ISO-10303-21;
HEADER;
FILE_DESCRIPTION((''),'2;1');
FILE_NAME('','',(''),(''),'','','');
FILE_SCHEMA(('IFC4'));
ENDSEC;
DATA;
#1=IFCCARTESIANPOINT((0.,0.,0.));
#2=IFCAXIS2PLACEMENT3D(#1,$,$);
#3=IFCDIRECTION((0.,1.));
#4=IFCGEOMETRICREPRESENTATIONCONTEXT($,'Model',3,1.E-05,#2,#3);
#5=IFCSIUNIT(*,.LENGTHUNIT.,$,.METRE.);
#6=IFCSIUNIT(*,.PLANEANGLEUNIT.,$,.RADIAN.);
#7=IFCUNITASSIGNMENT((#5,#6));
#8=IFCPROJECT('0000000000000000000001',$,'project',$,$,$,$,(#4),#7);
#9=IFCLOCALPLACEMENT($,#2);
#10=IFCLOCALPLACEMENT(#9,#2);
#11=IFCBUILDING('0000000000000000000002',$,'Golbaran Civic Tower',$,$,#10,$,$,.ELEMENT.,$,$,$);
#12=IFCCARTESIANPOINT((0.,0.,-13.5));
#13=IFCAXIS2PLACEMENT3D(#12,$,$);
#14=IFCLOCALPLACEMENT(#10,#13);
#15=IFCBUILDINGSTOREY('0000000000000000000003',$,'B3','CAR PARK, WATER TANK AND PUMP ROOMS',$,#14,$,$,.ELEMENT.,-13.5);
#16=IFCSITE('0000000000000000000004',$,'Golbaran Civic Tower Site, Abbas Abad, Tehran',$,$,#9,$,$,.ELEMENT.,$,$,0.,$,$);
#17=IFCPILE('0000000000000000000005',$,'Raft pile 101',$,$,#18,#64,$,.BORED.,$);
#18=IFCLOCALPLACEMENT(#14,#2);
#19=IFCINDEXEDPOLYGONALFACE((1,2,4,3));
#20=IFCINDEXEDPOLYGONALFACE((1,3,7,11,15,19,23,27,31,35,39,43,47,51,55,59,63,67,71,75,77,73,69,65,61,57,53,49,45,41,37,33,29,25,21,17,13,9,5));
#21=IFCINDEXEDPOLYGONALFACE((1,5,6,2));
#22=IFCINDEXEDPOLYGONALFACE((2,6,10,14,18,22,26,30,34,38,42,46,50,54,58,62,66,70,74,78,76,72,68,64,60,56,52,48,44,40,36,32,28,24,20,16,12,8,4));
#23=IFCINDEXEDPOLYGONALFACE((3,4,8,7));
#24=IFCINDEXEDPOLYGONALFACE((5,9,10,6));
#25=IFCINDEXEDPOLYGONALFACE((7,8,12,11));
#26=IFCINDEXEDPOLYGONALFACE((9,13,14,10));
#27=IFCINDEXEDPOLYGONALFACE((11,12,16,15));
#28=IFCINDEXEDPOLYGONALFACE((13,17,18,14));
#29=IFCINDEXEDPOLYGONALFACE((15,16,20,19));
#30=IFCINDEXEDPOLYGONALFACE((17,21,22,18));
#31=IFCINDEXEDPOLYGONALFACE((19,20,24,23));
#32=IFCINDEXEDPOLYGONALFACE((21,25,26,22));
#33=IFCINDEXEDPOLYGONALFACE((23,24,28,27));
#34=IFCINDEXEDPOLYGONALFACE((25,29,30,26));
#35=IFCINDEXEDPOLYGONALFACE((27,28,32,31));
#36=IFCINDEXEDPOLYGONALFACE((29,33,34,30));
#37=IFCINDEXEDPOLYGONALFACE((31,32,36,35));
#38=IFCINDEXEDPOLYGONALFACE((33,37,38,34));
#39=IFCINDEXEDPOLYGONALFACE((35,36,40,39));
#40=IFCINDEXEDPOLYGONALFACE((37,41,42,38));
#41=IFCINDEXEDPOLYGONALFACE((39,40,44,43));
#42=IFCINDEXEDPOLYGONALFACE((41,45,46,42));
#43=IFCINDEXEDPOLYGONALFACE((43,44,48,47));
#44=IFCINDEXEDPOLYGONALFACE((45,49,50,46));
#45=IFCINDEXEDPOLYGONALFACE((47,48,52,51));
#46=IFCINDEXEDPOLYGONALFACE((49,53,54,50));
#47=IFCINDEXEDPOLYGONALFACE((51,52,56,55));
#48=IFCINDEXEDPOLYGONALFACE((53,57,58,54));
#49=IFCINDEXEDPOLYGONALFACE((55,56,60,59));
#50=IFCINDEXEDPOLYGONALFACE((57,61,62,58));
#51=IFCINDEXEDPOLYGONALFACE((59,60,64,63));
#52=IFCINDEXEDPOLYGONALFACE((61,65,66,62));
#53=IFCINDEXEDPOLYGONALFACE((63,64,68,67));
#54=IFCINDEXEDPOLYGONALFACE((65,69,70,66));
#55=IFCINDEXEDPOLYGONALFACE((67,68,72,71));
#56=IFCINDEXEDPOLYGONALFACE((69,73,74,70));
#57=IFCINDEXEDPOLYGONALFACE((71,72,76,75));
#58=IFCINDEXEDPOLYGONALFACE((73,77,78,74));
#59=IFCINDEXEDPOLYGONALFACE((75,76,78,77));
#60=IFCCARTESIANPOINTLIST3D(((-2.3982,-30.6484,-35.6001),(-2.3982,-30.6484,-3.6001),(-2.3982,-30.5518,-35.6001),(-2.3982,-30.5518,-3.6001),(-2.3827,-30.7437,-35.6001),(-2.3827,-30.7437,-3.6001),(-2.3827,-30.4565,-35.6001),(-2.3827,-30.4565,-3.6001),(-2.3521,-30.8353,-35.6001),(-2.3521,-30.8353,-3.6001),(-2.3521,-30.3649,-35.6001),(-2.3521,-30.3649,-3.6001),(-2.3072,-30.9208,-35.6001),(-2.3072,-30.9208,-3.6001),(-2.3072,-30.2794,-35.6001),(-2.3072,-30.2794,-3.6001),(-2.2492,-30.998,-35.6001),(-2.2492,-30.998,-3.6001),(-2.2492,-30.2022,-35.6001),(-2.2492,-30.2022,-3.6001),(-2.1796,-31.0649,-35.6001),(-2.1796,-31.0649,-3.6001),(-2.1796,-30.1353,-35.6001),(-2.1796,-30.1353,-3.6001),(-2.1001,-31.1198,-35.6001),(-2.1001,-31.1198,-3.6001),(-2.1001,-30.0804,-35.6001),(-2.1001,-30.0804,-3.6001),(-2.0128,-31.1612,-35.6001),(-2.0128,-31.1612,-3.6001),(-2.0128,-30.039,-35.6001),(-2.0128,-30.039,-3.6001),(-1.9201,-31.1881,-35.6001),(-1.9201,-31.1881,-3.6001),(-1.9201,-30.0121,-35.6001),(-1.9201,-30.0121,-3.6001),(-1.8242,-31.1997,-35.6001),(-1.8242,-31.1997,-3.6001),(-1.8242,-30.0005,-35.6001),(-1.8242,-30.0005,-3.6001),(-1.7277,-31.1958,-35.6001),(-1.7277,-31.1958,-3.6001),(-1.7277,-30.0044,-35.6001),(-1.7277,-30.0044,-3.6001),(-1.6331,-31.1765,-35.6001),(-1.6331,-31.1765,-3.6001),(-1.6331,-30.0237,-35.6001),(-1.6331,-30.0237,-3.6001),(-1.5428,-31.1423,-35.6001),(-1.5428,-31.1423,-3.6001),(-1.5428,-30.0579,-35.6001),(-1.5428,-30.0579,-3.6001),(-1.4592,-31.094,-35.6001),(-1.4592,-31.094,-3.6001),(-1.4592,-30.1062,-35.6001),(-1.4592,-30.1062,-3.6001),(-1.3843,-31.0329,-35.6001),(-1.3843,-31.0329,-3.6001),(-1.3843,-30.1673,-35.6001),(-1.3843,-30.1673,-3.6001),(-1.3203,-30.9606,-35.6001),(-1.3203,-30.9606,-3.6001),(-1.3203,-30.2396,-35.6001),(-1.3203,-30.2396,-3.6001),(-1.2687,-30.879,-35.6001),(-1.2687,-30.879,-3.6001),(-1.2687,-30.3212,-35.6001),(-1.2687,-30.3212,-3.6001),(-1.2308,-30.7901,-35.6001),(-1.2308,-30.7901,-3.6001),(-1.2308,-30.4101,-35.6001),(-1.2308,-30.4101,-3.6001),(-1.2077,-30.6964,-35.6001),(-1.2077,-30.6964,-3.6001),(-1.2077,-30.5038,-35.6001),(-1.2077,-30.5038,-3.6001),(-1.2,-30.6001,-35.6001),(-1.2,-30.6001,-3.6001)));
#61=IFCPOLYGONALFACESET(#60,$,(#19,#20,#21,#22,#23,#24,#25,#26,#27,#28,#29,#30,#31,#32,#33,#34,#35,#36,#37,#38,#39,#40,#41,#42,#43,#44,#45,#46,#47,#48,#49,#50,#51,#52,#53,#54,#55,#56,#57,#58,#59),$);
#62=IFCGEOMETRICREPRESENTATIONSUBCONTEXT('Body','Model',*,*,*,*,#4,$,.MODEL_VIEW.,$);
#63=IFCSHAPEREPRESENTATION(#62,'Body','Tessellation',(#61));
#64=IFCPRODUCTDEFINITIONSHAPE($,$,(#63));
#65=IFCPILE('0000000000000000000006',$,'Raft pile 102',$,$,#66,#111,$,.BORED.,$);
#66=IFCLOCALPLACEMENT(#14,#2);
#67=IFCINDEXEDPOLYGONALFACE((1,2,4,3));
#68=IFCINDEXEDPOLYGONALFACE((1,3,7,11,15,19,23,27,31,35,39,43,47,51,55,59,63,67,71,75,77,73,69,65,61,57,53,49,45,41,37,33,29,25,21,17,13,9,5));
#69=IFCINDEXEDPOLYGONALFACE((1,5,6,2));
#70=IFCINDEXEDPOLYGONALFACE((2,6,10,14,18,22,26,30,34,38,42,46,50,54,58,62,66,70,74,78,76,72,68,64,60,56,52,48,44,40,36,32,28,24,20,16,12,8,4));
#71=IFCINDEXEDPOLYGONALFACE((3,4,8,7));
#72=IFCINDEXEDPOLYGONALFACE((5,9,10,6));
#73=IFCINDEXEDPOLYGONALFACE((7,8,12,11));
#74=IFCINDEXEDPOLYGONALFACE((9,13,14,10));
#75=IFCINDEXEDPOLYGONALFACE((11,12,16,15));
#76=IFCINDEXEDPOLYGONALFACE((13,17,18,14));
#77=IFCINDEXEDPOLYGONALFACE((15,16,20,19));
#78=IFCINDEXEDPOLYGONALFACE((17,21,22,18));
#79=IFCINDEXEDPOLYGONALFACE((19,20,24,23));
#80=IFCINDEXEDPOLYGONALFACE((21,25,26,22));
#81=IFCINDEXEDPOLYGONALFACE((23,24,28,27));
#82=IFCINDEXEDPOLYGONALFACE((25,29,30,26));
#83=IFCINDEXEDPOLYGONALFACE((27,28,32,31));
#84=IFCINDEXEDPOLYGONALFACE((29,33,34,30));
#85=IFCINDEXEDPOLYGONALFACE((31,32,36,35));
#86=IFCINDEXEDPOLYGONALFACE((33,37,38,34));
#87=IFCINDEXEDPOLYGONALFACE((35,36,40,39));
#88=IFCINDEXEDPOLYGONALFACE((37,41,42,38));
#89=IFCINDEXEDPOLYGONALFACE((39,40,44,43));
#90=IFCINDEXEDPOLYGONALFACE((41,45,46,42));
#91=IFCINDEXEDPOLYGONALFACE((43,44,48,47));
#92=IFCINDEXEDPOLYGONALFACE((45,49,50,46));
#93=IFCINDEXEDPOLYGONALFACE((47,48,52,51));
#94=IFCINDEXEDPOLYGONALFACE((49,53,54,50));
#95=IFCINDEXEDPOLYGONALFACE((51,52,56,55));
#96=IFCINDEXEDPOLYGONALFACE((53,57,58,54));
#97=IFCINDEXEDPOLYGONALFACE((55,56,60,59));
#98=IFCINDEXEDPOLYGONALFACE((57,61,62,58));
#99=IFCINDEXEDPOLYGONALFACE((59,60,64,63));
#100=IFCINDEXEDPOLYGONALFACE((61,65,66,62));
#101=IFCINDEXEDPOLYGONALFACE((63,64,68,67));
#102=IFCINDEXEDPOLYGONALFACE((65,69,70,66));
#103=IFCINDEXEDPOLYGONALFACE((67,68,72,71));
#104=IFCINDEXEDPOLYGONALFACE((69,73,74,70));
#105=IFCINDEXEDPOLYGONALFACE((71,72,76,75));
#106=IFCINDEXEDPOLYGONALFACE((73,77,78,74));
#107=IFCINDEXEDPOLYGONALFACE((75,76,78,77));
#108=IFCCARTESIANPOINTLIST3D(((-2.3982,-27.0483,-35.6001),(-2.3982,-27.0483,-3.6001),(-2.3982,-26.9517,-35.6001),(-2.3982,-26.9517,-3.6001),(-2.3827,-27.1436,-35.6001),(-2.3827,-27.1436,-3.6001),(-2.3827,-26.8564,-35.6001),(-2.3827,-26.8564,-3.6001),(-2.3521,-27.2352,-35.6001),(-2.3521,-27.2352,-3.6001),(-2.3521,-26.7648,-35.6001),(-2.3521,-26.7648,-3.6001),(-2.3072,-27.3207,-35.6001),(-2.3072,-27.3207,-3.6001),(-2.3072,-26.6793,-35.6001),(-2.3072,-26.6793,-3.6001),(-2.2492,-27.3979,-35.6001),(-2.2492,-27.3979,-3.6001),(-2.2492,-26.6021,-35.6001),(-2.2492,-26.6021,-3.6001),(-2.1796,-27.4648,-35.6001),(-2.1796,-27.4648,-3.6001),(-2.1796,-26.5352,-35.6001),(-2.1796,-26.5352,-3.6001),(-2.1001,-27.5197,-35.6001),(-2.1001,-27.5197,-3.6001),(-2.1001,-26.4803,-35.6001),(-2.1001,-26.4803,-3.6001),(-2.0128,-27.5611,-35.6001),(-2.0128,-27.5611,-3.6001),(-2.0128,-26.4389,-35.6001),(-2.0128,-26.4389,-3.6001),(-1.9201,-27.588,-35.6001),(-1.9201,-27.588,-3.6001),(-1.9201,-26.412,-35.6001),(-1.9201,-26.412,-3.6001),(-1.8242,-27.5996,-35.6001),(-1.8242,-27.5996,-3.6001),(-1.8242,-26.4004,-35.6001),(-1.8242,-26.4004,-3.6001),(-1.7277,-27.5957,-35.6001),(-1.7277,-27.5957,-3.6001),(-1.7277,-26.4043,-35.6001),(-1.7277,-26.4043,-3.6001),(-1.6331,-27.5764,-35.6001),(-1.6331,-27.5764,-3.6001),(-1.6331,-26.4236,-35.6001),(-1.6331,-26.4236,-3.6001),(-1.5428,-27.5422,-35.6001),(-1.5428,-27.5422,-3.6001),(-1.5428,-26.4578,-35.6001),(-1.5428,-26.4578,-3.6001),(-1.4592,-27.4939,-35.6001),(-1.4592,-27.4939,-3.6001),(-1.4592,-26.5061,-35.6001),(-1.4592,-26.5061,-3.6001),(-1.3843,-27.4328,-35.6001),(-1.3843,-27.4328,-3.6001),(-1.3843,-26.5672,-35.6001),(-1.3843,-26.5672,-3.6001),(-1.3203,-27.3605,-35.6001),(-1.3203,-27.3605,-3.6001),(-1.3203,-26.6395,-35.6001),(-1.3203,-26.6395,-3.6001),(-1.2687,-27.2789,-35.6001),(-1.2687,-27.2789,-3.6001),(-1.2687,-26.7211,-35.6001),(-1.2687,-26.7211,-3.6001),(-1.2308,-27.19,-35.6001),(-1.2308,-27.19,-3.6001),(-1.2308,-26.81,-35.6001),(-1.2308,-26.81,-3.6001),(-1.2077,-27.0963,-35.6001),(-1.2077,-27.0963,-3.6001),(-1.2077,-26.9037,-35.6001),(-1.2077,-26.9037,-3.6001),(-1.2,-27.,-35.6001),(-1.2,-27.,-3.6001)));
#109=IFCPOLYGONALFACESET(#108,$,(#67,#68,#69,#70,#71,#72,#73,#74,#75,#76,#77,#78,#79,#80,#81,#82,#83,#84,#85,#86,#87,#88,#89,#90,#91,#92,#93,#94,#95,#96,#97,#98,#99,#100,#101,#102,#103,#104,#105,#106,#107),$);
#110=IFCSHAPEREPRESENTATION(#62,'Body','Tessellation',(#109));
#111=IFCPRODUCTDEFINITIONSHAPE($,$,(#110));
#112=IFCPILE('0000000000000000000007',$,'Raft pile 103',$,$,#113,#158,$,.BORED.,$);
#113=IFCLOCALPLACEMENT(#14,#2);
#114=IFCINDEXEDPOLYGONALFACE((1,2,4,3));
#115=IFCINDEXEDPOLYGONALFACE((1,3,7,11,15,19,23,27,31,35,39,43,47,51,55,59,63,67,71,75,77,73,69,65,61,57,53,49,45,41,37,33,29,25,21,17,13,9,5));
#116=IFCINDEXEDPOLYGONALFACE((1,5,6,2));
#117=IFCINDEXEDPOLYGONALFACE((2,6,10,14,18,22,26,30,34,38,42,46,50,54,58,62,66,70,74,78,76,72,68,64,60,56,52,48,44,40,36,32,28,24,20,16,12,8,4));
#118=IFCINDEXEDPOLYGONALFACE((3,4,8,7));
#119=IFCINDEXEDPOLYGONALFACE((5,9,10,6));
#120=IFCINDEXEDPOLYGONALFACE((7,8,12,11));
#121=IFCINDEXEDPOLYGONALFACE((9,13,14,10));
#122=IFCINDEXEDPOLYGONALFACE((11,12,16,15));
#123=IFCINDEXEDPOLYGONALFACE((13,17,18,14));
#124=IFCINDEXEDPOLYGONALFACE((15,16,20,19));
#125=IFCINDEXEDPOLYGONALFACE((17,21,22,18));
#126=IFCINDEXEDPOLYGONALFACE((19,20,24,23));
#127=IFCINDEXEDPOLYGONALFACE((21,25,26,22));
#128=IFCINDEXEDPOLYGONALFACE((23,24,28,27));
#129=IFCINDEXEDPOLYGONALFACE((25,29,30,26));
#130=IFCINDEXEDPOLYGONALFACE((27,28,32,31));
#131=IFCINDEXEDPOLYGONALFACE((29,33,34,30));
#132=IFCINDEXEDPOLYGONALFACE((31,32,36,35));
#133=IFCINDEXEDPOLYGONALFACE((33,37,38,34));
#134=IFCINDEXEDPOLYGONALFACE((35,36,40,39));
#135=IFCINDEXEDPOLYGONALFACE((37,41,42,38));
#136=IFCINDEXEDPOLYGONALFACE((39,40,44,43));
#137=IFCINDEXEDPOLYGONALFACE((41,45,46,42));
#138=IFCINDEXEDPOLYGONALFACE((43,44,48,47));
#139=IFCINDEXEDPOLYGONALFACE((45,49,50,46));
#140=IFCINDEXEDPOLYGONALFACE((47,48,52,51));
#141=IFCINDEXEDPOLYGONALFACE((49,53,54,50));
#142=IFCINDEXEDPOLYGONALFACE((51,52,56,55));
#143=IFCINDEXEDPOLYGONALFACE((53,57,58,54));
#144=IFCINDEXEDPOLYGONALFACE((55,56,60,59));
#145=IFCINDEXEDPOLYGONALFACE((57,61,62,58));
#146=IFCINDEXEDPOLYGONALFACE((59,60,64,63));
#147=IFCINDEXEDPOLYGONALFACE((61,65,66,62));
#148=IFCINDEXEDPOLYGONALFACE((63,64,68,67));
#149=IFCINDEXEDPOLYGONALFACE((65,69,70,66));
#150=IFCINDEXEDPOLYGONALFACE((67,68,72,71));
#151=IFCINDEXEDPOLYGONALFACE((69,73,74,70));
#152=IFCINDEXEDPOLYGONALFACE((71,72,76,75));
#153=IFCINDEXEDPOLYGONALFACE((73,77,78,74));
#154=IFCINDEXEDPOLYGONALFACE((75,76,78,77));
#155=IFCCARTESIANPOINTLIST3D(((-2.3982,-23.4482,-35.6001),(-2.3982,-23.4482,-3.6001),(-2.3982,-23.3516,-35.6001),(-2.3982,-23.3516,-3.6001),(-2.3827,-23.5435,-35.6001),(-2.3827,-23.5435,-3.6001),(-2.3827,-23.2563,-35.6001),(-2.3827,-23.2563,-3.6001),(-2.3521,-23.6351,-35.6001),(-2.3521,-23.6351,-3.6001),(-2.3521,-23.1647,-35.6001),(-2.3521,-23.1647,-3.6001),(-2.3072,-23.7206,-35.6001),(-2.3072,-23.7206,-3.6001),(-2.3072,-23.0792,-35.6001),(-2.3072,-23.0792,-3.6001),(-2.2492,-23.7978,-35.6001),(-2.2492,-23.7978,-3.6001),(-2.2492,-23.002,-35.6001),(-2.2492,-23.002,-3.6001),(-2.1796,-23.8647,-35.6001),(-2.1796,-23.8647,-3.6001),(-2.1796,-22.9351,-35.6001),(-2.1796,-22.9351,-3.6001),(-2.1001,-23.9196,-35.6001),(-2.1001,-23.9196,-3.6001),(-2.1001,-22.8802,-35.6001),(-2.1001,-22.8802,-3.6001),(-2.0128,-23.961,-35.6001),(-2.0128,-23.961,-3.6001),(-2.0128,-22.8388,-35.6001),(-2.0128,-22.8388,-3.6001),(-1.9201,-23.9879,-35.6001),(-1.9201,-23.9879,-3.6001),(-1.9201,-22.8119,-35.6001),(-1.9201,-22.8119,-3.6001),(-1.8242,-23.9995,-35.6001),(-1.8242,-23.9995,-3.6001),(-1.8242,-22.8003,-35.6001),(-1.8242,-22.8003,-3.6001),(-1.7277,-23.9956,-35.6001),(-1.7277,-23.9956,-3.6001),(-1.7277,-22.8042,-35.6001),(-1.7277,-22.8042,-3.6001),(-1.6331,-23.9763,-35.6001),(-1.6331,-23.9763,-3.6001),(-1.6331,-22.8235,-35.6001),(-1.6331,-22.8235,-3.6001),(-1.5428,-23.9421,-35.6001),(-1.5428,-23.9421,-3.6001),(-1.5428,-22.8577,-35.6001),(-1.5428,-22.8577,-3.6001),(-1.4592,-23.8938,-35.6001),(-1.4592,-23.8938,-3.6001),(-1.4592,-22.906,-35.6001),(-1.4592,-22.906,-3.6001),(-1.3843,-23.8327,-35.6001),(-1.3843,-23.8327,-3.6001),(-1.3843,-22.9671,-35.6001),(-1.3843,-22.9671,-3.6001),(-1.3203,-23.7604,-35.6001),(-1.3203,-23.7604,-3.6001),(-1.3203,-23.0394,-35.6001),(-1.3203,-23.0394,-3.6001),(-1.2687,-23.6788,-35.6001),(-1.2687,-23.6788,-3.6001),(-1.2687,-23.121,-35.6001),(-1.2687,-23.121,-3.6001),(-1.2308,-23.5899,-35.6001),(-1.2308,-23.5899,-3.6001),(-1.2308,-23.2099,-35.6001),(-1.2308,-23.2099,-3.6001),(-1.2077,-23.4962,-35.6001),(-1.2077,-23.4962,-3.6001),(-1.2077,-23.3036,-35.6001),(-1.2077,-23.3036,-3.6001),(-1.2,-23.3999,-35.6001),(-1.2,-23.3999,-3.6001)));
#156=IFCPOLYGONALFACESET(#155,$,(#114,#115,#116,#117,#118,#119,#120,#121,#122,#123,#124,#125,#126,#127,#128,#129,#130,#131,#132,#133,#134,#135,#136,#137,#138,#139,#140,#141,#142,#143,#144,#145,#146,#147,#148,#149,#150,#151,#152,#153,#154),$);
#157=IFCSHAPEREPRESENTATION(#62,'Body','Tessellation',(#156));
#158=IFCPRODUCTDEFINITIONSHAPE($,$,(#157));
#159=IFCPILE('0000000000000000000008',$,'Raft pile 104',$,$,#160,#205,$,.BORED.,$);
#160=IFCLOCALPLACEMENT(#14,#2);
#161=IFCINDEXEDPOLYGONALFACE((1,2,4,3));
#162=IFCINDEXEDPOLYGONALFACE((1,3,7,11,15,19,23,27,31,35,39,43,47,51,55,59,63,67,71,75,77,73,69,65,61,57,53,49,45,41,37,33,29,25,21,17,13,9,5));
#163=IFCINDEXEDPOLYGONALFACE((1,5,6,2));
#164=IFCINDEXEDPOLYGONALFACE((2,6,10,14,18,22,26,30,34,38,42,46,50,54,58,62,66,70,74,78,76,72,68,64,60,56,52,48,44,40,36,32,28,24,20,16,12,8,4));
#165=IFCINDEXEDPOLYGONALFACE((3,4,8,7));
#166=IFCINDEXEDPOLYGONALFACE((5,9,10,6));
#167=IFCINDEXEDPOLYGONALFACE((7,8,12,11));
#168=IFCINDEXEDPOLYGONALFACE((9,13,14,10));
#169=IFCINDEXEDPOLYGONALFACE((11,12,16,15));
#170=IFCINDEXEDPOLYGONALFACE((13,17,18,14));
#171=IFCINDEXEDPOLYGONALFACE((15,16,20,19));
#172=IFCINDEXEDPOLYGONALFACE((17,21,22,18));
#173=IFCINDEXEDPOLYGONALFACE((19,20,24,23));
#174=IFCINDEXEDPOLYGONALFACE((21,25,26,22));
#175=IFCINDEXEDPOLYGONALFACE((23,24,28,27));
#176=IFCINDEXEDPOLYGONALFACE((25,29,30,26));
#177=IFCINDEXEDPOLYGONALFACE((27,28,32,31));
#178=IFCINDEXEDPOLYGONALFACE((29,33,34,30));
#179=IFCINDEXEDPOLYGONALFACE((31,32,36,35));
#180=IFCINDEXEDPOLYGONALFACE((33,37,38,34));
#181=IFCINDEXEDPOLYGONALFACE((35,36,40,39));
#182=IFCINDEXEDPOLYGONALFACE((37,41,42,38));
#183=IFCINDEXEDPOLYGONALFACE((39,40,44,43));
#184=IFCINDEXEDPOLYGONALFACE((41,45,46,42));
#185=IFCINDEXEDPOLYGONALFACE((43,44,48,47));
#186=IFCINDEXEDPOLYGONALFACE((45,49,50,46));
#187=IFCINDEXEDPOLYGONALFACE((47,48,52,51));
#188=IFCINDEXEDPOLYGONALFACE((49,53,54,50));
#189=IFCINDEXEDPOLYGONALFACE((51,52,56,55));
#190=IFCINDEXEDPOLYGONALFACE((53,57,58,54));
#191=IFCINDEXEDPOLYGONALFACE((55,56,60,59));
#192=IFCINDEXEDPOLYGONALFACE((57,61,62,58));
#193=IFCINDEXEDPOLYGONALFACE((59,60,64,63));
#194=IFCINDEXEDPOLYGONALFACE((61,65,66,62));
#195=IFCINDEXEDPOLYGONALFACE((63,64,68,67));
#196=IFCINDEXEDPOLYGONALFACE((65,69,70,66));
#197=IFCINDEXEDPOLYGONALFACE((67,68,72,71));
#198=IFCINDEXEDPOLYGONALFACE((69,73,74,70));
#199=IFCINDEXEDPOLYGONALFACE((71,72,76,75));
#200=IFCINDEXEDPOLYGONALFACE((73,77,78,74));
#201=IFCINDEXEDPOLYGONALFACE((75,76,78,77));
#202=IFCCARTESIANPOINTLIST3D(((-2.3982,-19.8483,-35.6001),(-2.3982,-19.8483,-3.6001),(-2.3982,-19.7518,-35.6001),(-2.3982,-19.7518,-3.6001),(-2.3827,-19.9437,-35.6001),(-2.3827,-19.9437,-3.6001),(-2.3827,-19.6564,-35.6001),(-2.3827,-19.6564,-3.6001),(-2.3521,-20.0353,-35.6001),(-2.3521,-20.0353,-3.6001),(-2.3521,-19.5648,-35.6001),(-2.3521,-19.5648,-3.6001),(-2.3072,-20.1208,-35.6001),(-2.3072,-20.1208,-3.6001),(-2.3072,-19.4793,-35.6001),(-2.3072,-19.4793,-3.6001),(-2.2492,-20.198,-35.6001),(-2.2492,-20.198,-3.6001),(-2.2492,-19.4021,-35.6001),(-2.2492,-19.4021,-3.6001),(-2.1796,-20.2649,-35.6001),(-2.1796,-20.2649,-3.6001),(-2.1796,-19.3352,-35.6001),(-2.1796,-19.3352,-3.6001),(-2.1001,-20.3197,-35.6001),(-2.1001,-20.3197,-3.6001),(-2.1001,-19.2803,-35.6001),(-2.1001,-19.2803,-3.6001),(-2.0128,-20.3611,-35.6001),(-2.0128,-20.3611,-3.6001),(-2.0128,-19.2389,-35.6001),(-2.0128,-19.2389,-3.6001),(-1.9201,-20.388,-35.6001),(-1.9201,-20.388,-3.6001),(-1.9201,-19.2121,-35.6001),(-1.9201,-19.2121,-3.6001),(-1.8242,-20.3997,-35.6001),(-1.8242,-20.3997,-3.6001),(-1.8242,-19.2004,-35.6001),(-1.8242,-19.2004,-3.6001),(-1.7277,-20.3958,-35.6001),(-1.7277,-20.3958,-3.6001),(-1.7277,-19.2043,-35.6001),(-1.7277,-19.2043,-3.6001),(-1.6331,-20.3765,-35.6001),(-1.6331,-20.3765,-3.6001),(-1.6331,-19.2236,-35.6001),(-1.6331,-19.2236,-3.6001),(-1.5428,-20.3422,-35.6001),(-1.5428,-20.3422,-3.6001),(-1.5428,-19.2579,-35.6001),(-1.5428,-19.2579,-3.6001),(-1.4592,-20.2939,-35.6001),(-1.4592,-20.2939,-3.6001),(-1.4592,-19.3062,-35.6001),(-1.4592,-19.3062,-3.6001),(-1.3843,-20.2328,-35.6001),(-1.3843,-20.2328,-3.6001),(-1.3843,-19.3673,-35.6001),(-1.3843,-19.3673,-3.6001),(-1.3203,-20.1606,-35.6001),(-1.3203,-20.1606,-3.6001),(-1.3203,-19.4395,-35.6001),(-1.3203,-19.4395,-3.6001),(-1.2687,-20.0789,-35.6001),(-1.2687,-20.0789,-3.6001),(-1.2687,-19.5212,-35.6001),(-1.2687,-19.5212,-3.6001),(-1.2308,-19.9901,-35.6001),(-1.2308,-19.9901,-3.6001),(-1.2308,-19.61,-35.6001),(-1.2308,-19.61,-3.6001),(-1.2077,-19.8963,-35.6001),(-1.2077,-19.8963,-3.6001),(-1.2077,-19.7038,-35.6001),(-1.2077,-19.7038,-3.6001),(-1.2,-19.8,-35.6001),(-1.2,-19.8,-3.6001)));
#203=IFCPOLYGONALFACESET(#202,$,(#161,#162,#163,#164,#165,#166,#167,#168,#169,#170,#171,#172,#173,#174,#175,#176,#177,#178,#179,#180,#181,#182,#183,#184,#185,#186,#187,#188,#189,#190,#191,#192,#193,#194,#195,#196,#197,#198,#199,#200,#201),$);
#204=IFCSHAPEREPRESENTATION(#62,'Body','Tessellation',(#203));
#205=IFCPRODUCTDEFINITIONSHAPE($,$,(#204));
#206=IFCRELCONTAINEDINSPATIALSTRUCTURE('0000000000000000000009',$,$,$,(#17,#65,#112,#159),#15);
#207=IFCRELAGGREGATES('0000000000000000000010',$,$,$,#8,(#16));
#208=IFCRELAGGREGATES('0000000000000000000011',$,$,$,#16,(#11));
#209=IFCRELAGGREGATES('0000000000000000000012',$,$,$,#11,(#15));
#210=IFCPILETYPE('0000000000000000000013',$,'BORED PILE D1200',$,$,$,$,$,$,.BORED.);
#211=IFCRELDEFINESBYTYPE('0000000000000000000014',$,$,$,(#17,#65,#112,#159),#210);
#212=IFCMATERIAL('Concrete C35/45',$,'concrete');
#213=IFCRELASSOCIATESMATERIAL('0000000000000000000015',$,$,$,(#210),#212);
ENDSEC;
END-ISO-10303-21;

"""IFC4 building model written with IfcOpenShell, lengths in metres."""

from ifc_helpers import new_model, si_unit, direction, frame, origin, origin_2d, place, context, subcontext, project, spatial, circle, extrude, material, material_profile, profile_set, type_object, element, save


model = new_model("IFC4")

# Units and contexts
model_context = context("Model", 3, precision=1e-05, world=origin(), true_north=direction((0.0, 1.0)))
body_context = subcontext(model_context, "Body", "Model", "MODEL_VIEW")
ifc_project = project(units=[si_unit("LENGTHUNIT", "METRE"), si_unit("PLANEANGLEUNIT", "RADIAN")], contexts=[model_context])

# Site, building, storey
site_placement = place(None, origin())
site = spatial("IfcSite", under=ifc_project, at=site_placement, Name="Golbaran Civic Tower Site, Abbas Abad, Tehran", CompositionType="ELEMENT", RefElevation=0.0)
building_placement = place(site_placement, origin())
building = spatial("IfcBuilding", under=site, at=building_placement, Name="Golbaran Civic Tower", CompositionType="ELEMENT")
storey_placement = place(building_placement, frame((0.0, 0.0, -13.5)))
storey = spatial("IfcBuildingStorey", under=building, at=storey_placement, Name="B3", Description="CAR PARK, WATER TANK AND PUMP ROOMS", CompositionType="ELEMENT", Elevation=-13.5)

# Piles
ifc_material_1 = material(Name="Concrete C35/45", Category="concrete")
ifc_material_profile_1 = material_profile(ifc_material_1, circle(Radius=0.6001, at=origin_2d()), Name="BORED PILE D1200")
ifc_profile_set_1 = profile_set([ifc_material_profile_1], Name="Concrete C35/45")
pile_type_1 = type_object("IfcPileType", Name="BORED PILE D1200", PredefinedType="BORED", material=ifc_profile_set_1)
for number, where, z_axis, x_axis, name in (
    (1, (-1.8, -30.6001, -3.6001), (0.0, 0.0, -1.0), (1.0, 0.0, 0.0), "Raft pile 101"),
    (2, (-1.8, -27.0, -3.6001), (0.0, 0.0, -1.0), (1.0, 0.0, 0.0), "Raft pile 102"),
    (3, (-1.8, -23.3999, -3.6001), (0.0, 0.0, -1.0), (1.0, 0.0, 0.0), "Raft pile 103"),
    (4, (-1.8, -19.8, -3.6001), (0.0, 0.0, -1.0), (1.0, 0.0, 0.0), "Raft pile 104"),
):
    element("IfcPile", number, at=place(storey_placement, frame(where, z_axis=z_axis, x_axis=x_axis)), inside=storey, type_object=pile_type_1, Name=name, PredefinedType="BORED", context=body_context, shape_type="SweptSolid", body=[
        extrude(circle(Radius=0.6001, at=origin_2d()), origin(), (0.0, 0.0, 1.0), 32.0),
    ])

save(model, "model.ifc")
